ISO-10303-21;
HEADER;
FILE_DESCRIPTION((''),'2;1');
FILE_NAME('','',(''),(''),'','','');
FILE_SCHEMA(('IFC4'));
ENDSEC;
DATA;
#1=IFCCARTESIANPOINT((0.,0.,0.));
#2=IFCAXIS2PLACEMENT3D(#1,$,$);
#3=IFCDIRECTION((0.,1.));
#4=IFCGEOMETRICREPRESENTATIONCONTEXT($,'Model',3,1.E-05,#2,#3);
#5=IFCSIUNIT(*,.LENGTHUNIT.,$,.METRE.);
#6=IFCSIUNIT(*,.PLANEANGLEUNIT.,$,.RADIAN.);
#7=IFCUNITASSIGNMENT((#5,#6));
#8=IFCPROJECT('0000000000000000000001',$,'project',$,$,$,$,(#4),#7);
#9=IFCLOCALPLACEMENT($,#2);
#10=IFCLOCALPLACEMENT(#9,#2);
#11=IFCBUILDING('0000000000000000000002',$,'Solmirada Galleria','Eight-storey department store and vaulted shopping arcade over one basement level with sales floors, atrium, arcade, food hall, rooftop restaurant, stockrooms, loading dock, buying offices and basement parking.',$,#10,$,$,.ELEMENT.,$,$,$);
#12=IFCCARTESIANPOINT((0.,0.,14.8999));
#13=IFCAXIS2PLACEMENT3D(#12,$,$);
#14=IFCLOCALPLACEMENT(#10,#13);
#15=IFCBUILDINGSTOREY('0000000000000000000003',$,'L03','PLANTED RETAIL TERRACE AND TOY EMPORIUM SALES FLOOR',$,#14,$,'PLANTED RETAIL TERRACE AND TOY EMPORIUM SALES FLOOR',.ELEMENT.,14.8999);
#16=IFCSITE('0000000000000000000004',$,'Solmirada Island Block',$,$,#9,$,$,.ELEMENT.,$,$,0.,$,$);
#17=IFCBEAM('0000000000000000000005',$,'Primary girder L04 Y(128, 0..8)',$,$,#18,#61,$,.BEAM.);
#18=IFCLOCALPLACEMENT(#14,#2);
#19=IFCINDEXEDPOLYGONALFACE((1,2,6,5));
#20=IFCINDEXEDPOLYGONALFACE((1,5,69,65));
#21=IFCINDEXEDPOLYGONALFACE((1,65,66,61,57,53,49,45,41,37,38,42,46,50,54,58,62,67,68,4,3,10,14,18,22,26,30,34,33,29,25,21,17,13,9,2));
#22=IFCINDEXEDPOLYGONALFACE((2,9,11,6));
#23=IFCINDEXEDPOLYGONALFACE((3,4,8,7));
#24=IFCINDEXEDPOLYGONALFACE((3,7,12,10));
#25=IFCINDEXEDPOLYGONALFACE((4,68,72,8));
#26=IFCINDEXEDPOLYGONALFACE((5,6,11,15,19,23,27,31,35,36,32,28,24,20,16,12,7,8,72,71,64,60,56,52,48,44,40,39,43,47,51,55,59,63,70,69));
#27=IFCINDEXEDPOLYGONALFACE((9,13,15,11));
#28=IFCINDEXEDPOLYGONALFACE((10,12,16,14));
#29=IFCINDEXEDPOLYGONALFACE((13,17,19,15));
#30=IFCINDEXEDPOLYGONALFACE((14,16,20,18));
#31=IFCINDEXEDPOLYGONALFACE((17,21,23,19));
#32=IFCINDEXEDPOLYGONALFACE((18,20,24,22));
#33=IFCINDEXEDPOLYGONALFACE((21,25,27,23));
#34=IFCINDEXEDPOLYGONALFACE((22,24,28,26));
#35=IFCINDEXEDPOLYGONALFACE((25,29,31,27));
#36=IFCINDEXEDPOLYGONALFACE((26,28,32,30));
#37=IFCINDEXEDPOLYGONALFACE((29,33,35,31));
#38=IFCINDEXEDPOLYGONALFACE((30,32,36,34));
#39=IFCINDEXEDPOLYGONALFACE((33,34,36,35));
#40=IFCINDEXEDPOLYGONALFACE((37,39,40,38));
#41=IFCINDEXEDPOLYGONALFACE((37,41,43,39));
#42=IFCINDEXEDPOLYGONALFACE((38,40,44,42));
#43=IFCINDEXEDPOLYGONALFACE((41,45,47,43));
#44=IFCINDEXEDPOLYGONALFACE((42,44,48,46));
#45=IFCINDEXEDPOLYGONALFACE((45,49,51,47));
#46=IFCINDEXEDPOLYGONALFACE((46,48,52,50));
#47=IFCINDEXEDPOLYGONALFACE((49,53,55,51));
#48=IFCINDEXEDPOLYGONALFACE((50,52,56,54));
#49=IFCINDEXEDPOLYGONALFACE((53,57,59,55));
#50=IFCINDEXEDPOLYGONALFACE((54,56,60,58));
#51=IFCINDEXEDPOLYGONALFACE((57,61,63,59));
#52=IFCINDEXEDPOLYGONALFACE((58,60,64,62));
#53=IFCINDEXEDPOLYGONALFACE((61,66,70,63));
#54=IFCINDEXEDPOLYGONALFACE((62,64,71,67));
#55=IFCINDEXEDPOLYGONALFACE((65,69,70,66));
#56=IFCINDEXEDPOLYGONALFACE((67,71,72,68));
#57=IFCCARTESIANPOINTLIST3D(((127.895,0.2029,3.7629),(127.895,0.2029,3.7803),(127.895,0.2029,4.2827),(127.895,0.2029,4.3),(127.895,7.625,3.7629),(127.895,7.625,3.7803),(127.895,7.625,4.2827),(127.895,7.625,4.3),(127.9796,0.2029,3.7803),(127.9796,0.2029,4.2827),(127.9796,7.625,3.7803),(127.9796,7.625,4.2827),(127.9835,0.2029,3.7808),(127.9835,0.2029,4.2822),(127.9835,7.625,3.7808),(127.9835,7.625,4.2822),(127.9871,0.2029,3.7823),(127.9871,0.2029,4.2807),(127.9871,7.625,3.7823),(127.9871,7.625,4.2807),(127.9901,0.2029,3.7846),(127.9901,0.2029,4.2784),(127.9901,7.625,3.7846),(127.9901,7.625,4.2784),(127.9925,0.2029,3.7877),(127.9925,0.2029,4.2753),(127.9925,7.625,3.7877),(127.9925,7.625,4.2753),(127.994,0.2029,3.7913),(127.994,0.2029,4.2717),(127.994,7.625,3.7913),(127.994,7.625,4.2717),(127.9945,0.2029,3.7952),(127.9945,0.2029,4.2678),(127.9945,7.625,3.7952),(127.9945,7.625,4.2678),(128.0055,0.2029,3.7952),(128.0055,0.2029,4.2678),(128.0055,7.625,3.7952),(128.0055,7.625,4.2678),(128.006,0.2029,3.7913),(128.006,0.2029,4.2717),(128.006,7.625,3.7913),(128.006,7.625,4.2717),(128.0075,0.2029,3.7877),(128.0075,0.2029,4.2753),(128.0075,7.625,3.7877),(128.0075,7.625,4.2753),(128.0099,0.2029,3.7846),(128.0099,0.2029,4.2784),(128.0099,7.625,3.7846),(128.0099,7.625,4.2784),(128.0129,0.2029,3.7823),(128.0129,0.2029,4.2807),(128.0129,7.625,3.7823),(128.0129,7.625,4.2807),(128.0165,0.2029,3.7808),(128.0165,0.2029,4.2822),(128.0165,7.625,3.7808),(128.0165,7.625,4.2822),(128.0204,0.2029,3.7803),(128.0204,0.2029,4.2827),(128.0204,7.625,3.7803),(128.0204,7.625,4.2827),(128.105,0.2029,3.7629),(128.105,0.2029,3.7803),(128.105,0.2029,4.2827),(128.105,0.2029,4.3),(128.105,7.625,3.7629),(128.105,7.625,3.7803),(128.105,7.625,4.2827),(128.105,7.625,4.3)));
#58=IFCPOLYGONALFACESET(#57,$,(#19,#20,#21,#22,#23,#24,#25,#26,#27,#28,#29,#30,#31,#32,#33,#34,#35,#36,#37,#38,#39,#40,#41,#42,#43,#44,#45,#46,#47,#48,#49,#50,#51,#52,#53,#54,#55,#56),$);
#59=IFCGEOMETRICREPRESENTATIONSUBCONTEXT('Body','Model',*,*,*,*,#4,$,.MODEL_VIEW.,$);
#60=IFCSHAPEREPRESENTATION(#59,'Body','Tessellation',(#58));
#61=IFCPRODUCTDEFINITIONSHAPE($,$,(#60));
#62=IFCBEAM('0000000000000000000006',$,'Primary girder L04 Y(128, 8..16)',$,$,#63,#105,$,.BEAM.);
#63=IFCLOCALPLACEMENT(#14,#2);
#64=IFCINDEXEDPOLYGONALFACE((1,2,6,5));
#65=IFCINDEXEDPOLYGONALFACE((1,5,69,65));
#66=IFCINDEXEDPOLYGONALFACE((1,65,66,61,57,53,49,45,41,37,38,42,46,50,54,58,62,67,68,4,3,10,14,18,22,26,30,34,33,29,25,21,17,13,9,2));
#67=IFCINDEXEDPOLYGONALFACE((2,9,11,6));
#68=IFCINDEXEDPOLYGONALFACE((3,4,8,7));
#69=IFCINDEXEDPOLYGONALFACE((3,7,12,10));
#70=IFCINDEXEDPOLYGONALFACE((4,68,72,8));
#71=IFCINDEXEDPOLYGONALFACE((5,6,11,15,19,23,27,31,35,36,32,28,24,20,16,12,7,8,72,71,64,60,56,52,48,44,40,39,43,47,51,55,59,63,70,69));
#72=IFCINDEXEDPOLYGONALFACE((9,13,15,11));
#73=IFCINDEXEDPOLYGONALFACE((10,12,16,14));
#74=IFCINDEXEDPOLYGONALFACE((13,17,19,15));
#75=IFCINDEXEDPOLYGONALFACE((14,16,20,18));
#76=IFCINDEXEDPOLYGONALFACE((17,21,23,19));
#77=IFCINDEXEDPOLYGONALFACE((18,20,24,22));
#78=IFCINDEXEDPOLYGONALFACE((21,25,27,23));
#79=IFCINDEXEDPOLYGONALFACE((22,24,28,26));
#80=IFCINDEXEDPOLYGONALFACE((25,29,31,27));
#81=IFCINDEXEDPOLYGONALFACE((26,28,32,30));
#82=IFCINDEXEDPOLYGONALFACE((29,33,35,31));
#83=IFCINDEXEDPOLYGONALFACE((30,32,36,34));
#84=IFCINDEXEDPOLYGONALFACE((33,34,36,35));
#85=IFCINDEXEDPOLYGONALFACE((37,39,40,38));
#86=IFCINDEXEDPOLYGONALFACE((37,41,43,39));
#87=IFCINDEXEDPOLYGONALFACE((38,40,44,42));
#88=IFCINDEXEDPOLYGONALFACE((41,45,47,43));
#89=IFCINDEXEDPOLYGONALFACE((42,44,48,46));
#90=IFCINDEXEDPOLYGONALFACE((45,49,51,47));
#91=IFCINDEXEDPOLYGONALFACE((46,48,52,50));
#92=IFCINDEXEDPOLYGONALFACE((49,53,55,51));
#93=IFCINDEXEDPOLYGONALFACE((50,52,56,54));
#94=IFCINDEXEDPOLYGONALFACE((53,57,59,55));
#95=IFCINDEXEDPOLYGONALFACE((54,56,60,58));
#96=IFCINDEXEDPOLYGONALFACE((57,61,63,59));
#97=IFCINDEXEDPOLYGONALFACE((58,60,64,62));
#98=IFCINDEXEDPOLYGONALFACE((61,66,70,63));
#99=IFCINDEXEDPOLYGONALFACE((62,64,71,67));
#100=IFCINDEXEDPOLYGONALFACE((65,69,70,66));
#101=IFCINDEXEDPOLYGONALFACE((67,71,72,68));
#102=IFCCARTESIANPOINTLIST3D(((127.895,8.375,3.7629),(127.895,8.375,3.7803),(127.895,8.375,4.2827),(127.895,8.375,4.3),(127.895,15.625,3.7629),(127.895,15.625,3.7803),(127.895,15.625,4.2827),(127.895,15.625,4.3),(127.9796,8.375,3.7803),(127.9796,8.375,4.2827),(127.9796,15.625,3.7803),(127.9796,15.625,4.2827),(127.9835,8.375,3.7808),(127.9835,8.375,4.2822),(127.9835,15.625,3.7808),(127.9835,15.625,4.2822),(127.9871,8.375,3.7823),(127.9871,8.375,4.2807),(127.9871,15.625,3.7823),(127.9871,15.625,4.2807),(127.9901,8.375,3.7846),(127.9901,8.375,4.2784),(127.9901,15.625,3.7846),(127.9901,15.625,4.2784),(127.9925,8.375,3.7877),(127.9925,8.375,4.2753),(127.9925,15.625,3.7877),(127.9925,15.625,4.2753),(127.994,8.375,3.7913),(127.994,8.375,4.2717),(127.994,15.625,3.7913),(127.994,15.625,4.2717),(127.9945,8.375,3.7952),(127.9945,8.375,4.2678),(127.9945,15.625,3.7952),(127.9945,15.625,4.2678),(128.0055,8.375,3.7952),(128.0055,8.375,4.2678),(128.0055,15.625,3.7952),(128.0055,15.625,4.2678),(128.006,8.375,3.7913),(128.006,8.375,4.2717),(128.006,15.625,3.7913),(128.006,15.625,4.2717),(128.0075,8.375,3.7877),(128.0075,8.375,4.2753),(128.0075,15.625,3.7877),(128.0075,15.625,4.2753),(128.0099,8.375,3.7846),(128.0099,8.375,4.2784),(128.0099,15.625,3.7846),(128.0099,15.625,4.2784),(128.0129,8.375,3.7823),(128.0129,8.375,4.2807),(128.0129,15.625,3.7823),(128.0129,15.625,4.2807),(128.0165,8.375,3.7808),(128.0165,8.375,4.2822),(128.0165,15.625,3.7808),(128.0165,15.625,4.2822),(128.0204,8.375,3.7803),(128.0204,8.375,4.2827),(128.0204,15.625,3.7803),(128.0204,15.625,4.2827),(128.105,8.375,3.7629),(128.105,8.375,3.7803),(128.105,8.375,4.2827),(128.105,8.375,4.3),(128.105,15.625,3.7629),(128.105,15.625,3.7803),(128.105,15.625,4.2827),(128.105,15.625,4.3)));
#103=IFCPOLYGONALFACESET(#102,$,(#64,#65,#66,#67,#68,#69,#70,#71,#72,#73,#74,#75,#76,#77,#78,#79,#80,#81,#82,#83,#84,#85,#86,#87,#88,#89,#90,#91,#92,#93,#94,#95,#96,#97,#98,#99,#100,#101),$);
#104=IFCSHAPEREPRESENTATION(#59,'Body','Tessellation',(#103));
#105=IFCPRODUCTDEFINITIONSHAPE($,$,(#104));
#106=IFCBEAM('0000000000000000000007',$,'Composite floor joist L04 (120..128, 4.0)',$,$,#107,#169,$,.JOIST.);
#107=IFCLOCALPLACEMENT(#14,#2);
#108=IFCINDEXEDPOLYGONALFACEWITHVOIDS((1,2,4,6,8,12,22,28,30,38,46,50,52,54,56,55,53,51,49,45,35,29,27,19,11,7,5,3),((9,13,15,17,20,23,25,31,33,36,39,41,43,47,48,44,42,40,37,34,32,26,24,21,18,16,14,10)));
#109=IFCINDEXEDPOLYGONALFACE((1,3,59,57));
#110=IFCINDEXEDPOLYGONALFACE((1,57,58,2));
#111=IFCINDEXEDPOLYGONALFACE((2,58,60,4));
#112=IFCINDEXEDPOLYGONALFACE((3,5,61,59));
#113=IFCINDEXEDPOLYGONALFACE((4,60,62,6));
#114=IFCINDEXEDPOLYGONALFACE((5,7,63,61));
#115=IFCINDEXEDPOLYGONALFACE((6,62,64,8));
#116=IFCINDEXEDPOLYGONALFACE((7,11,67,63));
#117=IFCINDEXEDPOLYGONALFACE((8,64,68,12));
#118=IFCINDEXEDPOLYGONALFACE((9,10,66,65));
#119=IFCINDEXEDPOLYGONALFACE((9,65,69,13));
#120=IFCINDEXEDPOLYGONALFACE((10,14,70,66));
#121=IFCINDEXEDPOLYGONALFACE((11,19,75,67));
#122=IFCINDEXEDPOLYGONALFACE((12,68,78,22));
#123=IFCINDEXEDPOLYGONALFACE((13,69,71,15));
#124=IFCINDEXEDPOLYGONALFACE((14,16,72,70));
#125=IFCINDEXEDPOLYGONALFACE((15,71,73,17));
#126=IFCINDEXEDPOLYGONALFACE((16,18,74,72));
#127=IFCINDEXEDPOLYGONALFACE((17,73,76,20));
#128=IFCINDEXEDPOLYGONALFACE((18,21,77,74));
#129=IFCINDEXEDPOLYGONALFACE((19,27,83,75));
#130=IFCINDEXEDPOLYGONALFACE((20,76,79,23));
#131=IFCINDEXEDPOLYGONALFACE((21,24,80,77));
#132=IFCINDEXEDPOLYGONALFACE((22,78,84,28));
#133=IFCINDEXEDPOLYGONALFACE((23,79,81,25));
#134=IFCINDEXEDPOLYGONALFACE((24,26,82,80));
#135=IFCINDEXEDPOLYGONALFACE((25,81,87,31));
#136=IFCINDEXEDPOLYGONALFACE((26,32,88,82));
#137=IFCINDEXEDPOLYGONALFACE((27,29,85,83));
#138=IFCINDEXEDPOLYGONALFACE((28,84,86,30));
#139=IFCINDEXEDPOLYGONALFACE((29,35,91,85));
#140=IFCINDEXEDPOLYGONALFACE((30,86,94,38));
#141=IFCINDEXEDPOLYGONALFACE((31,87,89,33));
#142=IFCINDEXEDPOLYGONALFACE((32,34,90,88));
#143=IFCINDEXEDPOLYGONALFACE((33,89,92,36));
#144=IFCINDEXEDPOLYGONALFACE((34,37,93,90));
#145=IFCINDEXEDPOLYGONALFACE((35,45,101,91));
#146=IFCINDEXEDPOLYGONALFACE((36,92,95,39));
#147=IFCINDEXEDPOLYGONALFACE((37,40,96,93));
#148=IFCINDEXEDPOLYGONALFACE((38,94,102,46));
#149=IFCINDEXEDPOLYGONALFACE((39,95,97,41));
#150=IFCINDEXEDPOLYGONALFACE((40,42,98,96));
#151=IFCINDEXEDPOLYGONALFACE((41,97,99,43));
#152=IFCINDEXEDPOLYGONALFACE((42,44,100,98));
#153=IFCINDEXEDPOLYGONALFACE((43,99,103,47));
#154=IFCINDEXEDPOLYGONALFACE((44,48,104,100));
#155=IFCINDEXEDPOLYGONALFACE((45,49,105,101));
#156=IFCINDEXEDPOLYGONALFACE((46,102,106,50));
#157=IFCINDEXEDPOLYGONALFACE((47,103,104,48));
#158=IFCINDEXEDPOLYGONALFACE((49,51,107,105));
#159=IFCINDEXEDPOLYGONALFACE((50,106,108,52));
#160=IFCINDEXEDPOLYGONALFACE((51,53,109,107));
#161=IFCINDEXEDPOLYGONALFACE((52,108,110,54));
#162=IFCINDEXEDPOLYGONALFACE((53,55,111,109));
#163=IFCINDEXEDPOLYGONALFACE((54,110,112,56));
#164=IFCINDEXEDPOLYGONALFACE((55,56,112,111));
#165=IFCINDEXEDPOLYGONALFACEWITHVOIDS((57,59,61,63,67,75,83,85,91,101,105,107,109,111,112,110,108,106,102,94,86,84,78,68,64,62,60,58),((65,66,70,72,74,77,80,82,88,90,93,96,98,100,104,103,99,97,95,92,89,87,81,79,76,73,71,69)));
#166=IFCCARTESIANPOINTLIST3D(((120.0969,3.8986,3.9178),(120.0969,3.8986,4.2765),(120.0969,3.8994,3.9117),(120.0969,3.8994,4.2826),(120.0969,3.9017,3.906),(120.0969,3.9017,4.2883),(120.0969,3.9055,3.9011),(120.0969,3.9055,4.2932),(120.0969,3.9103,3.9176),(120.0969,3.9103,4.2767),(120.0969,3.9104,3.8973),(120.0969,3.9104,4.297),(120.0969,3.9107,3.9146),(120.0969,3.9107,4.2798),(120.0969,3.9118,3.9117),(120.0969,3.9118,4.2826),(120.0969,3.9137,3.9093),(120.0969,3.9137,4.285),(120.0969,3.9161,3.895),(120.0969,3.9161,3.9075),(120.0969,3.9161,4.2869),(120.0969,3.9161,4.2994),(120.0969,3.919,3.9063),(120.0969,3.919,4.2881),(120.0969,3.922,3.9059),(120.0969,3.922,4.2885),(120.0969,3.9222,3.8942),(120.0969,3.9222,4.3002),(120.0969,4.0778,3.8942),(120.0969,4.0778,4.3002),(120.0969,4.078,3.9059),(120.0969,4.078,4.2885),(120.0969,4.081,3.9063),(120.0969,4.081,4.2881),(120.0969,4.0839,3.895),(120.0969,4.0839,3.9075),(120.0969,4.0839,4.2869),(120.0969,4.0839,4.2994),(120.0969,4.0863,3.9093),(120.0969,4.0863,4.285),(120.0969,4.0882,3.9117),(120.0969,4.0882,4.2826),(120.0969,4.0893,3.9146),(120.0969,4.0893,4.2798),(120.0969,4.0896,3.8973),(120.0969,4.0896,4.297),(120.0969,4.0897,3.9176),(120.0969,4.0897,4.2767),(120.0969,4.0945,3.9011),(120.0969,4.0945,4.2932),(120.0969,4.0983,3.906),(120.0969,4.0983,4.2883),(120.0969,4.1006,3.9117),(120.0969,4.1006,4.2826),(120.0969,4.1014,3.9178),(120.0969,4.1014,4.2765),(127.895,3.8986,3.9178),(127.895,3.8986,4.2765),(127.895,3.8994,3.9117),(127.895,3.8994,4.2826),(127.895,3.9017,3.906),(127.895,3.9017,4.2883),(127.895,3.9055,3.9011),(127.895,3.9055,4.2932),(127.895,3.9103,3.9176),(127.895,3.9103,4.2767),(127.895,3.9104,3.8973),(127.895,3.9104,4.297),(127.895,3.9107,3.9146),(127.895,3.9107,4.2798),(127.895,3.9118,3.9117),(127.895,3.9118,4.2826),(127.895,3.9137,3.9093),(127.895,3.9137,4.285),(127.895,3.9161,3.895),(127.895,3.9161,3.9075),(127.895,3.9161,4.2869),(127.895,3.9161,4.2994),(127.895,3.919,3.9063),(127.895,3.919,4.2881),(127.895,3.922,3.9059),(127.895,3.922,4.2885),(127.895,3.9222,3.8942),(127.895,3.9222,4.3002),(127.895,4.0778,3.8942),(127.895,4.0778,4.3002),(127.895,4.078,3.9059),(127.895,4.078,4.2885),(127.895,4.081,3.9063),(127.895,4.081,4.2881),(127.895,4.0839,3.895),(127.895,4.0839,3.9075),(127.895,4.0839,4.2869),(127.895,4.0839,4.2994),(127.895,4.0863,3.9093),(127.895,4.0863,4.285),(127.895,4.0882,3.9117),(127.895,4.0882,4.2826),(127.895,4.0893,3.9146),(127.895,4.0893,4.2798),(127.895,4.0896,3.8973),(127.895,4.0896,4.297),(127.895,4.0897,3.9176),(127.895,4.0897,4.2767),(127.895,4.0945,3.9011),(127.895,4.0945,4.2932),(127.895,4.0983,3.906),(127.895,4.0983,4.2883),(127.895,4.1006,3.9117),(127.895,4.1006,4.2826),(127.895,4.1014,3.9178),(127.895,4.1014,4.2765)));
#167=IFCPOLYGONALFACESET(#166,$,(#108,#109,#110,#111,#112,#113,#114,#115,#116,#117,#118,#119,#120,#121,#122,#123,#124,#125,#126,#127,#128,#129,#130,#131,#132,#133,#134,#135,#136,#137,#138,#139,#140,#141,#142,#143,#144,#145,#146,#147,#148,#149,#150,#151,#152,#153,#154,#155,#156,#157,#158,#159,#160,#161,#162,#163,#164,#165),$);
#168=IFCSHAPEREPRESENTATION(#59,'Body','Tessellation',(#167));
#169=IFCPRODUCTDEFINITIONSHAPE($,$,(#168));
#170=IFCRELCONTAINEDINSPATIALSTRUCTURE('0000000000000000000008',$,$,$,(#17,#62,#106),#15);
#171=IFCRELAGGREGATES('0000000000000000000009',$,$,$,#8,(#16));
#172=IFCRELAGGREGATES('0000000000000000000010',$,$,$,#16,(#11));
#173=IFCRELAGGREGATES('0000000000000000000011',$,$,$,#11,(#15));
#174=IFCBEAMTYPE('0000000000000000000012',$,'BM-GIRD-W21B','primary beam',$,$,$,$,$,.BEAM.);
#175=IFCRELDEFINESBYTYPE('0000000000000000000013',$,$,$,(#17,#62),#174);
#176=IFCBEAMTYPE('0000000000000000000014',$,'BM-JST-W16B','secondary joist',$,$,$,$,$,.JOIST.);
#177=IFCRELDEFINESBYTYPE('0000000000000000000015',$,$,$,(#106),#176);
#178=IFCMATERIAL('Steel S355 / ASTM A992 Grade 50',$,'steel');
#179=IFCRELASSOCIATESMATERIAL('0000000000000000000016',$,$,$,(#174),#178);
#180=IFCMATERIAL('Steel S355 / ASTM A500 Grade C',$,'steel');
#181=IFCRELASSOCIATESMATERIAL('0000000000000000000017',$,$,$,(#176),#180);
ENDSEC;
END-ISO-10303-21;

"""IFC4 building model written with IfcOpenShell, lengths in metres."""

from ifc_helpers import new_model, si_unit, direction, frame, origin, origin_2d, place, context, subcontext, project, spatial, hollow_rectangle, i_section, extrude, material, material_profile, profile_set, type_object, element, save


model = new_model("IFC4")

# Units and contexts
model_context = context("Model", 3, precision=1e-05, world=origin(), true_north=direction((0.0, 1.0)))
body_context = subcontext(model_context, "Body", "Model", "MODEL_VIEW")
ifc_project = project(units=[si_unit("LENGTHUNIT", "METRE"), si_unit("PLANEANGLEUNIT", "RADIAN")], contexts=[model_context])

# Site, building, storey
site_placement = place(None, origin())
site = spatial("IfcSite", under=ifc_project, at=site_placement, Name="Solmirada Island Block", CompositionType="ELEMENT", RefElevation=0.0)
building_placement = place(site_placement, origin())
building = spatial("IfcBuilding", under=site, at=building_placement, Name="Solmirada Galleria", Description="Eight-storey department store and vaulted shopping arcade over one basement level with sales floors, atrium, arcade, food hall, rooftop restaurant, stockrooms, loading dock, buying offices and basement parking.", CompositionType="ELEMENT")
storey_placement = place(building_placement, frame((0.0, 0.0, 14.8999)))
storey = spatial("IfcBuildingStorey", under=building, at=storey_placement, Name="L03", Description="PLANTED RETAIL TERRACE AND TOY EMPORIUM SALES FLOOR", LongName="PLANTED RETAIL TERRACE AND TOY EMPORIUM SALES FLOOR", CompositionType="ELEMENT", Elevation=14.8999)

# Shared definitions
ifc_material_1 = material(Name="Steel S355 / ASTM A500 Grade C", Category="steel")

# Beams
ifc_material_2 = material(Name="Steel S355 / ASTM A992 Grade 50", Category="steel")
ifc_material_profile_1 = material_profile(ifc_material_2, i_section(OverallWidth=0.21, OverallDepth=0.5371, WebThickness=0.011, FlangeThickness=0.0173, FilletRadius=0.0149, at=origin_2d()), Name="W21X68")
ifc_profile_set_1 = profile_set([ifc_material_profile_1], Name="Steel S355 / ASTM A992 Grade 50")
beam_type_1 = type_object("IfcBeamType", Name="BM-GIRD-W21B", Description="primary beam", PredefinedType="BEAM", material=ifc_profile_set_1)
beam_1_placement = place(storey_placement, frame((128.0, 0.2029, 4.0315), z_axis=(0.0, 1.0, 0.0), x_axis=(-1.0, 0.0, 0.0)))
element("IfcBeam", 1, at=beam_1_placement, inside=storey, type_object=beam_type_1, Name="Primary girder L04 Y(128, 0..8)", PredefinedType="BEAM", context=body_context, shape_type="SweptSolid", body=[
    extrude(i_section(OverallWidth=0.21, OverallDepth=0.5371, WebThickness=0.011, FlangeThickness=0.0173, FilletRadius=0.0149, at=origin_2d()), origin(), (0.0, 0.0, 1.0), 7.4221),
])
beam_2_placement = place(storey_placement, frame((128.0, 8.375, 4.0315), z_axis=(0.0, 1.0, 0.0), x_axis=(-1.0, 0.0, 0.0)))
element("IfcBeam", 2, at=beam_2_placement, inside=storey, type_object=beam_type_1, Name="Primary girder L04 Y(128, 8..16)", PredefinedType="BEAM", context=body_context, shape_type="SweptSolid", body=[
    extrude(i_section(OverallWidth=0.21, OverallDepth=0.5371, WebThickness=0.011, FlangeThickness=0.0173, FilletRadius=0.0149, at=origin_2d()), origin(), (0.0, 0.0, 1.0), 7.25),
])
ifc_material_profile_2 = material_profile(ifc_material_1, hollow_rectangle(XDim=0.2029, YDim=0.406, WallThickness=0.0117, InnerFilletRadius=0.0117, OuterFilletRadius=0.0237, at=origin_2d()), Name="HSS16X8X1/2")
ifc_profile_set_2 = profile_set([ifc_material_profile_2], Name="Steel S355 / ASTM A500 Grade C")
beam_type_2 = type_object("IfcBeamType", Name="BM-JST-W16B", Description="secondary joist", PredefinedType="JOIST", material=ifc_profile_set_2)
for number, where, z_axis, x_axis, name in (
    (3, (120.0969, 4.0, 4.0972), (1.0, 0.0, 0.0), (0.0, 1.0, 0.0), "Composite floor joist L04 (120..128, 4.0)"),
):
    element("IfcBeam", number, at=place(storey_placement, frame(where, z_axis=z_axis, x_axis=x_axis)), inside=storey, type_object=beam_type_2, Name=name, PredefinedType="JOIST", context=body_context, shape_type="SweptSolid", body=[
        extrude(hollow_rectangle(XDim=0.2029, YDim=0.406, WallThickness=0.0117, InnerFilletRadius=0.0117, OuterFilletRadius=0.0237, at=origin_2d()), origin(), (0.0, 0.0, 1.0), 7.7981),
    ])

save(model, "model.ifc")
